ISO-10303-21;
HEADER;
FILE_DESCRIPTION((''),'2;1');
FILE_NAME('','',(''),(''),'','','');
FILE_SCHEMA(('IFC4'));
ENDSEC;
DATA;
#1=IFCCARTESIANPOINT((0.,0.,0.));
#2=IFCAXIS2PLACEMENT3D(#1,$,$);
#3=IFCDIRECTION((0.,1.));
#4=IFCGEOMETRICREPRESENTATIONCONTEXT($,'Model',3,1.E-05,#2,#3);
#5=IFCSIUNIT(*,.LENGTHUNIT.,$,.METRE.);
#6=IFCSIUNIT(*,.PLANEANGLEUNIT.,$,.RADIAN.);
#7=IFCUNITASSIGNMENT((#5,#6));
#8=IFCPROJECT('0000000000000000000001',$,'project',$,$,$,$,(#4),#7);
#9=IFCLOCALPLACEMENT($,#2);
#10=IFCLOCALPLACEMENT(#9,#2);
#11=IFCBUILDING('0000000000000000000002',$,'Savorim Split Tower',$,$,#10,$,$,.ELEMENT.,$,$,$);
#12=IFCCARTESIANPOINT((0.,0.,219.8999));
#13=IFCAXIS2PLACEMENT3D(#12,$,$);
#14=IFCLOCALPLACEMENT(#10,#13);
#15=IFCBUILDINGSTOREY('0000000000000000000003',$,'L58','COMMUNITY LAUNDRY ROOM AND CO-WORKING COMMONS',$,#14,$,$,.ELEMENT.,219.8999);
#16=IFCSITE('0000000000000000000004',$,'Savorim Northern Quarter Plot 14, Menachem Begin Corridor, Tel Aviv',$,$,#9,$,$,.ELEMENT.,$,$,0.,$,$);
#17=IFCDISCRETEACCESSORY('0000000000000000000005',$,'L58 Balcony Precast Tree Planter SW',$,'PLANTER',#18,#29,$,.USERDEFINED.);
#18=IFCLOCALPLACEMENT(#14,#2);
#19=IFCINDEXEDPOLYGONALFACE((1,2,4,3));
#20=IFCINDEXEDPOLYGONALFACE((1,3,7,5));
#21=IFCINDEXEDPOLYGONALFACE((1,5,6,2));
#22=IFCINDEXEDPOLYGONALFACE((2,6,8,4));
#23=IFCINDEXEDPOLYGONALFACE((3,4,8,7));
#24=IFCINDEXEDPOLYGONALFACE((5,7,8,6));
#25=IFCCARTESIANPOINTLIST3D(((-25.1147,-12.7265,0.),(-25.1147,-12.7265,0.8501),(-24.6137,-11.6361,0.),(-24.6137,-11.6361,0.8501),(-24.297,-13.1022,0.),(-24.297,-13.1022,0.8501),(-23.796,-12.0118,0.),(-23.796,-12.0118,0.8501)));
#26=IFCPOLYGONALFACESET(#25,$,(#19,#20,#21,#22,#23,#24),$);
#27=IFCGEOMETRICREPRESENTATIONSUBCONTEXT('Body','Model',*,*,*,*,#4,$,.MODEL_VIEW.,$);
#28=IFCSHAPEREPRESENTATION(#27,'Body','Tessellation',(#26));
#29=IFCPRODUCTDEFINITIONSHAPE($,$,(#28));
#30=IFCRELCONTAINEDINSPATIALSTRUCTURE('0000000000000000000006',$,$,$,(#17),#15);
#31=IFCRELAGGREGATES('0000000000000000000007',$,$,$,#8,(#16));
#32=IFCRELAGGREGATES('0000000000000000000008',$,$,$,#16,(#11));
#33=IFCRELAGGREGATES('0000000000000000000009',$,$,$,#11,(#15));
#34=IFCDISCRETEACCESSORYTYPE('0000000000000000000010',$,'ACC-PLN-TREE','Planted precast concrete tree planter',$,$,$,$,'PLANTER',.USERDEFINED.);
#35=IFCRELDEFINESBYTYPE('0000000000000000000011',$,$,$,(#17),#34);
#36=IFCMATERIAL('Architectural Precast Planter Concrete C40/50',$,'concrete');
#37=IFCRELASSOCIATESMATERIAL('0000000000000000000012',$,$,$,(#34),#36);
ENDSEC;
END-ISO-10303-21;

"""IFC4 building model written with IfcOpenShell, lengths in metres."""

from ifc_helpers import new_model, si_unit, direction, frame, origin, origin_2d, place, context, subcontext, project, spatial, rectangle, extrude, material, type_object, element, save


model = new_model("IFC4")

# Units and contexts
model_context = context("Model", 3, precision=1e-05, world=origin(), true_north=direction((0.0, 1.0)))
body_context = subcontext(model_context, "Body", "Model", "MODEL_VIEW")
ifc_project = project(units=[si_unit("LENGTHUNIT", "METRE"), si_unit("PLANEANGLEUNIT", "RADIAN")], contexts=[model_context])

# Site, building, storey
site_placement = place(None, origin())
site = spatial("IfcSite", under=ifc_project, at=site_placement, Name="Savorim Northern Quarter Plot 14, Menachem Begin Corridor, Tel Aviv", CompositionType="ELEMENT", RefElevation=0.0)
building_placement = place(site_placement, origin())
building = spatial("IfcBuilding", under=site, at=building_placement, Name="Savorim Split Tower", CompositionType="ELEMENT")
storey_placement = place(building_placement, frame((0.0, 0.0, 219.8999)))
storey = spatial("IfcBuildingStorey", under=building, at=storey_placement, Name="L58", Description="COMMUNITY LAUNDRY ROOM AND CO-WORKING COMMONS", CompositionType="ELEMENT", Elevation=219.8999)

# Discrete accessory
ifc_material_1 = material(Name="Architectural Precast Planter Concrete C40/50", Category="concrete")
discrete_accessory_type_1 = type_object("IfcDiscreteAccessoryType", Name="ACC-PLN-TREE", Description="Planted precast concrete tree planter", ElementType="PLANTER", PredefinedType="USERDEFINED", material=ifc_material_1)
discrete_accessory_placement = place(storey_placement, frame((-24.4553, -12.3691, 0.0), z_axis=(0.0, 0.0, 1.0), x_axis=(-0.417518, -0.908669, 0.0)))
element("IfcDiscreteAccessory", 1, at=discrete_accessory_placement, inside=storey, type_object=discrete_accessory_type_1, Name="L58 Balcony Precast Tree Planter SW", ObjectType="PLANTER", PredefinedType="USERDEFINED", context=body_context, shape_type="SweptSolid", body=[
    extrude(rectangle(XDim=1.2, YDim=0.8999, at=origin_2d()), origin(), (0.0, 0.0, 1.0), 0.8501),
])

save(model, "model.ifc")
